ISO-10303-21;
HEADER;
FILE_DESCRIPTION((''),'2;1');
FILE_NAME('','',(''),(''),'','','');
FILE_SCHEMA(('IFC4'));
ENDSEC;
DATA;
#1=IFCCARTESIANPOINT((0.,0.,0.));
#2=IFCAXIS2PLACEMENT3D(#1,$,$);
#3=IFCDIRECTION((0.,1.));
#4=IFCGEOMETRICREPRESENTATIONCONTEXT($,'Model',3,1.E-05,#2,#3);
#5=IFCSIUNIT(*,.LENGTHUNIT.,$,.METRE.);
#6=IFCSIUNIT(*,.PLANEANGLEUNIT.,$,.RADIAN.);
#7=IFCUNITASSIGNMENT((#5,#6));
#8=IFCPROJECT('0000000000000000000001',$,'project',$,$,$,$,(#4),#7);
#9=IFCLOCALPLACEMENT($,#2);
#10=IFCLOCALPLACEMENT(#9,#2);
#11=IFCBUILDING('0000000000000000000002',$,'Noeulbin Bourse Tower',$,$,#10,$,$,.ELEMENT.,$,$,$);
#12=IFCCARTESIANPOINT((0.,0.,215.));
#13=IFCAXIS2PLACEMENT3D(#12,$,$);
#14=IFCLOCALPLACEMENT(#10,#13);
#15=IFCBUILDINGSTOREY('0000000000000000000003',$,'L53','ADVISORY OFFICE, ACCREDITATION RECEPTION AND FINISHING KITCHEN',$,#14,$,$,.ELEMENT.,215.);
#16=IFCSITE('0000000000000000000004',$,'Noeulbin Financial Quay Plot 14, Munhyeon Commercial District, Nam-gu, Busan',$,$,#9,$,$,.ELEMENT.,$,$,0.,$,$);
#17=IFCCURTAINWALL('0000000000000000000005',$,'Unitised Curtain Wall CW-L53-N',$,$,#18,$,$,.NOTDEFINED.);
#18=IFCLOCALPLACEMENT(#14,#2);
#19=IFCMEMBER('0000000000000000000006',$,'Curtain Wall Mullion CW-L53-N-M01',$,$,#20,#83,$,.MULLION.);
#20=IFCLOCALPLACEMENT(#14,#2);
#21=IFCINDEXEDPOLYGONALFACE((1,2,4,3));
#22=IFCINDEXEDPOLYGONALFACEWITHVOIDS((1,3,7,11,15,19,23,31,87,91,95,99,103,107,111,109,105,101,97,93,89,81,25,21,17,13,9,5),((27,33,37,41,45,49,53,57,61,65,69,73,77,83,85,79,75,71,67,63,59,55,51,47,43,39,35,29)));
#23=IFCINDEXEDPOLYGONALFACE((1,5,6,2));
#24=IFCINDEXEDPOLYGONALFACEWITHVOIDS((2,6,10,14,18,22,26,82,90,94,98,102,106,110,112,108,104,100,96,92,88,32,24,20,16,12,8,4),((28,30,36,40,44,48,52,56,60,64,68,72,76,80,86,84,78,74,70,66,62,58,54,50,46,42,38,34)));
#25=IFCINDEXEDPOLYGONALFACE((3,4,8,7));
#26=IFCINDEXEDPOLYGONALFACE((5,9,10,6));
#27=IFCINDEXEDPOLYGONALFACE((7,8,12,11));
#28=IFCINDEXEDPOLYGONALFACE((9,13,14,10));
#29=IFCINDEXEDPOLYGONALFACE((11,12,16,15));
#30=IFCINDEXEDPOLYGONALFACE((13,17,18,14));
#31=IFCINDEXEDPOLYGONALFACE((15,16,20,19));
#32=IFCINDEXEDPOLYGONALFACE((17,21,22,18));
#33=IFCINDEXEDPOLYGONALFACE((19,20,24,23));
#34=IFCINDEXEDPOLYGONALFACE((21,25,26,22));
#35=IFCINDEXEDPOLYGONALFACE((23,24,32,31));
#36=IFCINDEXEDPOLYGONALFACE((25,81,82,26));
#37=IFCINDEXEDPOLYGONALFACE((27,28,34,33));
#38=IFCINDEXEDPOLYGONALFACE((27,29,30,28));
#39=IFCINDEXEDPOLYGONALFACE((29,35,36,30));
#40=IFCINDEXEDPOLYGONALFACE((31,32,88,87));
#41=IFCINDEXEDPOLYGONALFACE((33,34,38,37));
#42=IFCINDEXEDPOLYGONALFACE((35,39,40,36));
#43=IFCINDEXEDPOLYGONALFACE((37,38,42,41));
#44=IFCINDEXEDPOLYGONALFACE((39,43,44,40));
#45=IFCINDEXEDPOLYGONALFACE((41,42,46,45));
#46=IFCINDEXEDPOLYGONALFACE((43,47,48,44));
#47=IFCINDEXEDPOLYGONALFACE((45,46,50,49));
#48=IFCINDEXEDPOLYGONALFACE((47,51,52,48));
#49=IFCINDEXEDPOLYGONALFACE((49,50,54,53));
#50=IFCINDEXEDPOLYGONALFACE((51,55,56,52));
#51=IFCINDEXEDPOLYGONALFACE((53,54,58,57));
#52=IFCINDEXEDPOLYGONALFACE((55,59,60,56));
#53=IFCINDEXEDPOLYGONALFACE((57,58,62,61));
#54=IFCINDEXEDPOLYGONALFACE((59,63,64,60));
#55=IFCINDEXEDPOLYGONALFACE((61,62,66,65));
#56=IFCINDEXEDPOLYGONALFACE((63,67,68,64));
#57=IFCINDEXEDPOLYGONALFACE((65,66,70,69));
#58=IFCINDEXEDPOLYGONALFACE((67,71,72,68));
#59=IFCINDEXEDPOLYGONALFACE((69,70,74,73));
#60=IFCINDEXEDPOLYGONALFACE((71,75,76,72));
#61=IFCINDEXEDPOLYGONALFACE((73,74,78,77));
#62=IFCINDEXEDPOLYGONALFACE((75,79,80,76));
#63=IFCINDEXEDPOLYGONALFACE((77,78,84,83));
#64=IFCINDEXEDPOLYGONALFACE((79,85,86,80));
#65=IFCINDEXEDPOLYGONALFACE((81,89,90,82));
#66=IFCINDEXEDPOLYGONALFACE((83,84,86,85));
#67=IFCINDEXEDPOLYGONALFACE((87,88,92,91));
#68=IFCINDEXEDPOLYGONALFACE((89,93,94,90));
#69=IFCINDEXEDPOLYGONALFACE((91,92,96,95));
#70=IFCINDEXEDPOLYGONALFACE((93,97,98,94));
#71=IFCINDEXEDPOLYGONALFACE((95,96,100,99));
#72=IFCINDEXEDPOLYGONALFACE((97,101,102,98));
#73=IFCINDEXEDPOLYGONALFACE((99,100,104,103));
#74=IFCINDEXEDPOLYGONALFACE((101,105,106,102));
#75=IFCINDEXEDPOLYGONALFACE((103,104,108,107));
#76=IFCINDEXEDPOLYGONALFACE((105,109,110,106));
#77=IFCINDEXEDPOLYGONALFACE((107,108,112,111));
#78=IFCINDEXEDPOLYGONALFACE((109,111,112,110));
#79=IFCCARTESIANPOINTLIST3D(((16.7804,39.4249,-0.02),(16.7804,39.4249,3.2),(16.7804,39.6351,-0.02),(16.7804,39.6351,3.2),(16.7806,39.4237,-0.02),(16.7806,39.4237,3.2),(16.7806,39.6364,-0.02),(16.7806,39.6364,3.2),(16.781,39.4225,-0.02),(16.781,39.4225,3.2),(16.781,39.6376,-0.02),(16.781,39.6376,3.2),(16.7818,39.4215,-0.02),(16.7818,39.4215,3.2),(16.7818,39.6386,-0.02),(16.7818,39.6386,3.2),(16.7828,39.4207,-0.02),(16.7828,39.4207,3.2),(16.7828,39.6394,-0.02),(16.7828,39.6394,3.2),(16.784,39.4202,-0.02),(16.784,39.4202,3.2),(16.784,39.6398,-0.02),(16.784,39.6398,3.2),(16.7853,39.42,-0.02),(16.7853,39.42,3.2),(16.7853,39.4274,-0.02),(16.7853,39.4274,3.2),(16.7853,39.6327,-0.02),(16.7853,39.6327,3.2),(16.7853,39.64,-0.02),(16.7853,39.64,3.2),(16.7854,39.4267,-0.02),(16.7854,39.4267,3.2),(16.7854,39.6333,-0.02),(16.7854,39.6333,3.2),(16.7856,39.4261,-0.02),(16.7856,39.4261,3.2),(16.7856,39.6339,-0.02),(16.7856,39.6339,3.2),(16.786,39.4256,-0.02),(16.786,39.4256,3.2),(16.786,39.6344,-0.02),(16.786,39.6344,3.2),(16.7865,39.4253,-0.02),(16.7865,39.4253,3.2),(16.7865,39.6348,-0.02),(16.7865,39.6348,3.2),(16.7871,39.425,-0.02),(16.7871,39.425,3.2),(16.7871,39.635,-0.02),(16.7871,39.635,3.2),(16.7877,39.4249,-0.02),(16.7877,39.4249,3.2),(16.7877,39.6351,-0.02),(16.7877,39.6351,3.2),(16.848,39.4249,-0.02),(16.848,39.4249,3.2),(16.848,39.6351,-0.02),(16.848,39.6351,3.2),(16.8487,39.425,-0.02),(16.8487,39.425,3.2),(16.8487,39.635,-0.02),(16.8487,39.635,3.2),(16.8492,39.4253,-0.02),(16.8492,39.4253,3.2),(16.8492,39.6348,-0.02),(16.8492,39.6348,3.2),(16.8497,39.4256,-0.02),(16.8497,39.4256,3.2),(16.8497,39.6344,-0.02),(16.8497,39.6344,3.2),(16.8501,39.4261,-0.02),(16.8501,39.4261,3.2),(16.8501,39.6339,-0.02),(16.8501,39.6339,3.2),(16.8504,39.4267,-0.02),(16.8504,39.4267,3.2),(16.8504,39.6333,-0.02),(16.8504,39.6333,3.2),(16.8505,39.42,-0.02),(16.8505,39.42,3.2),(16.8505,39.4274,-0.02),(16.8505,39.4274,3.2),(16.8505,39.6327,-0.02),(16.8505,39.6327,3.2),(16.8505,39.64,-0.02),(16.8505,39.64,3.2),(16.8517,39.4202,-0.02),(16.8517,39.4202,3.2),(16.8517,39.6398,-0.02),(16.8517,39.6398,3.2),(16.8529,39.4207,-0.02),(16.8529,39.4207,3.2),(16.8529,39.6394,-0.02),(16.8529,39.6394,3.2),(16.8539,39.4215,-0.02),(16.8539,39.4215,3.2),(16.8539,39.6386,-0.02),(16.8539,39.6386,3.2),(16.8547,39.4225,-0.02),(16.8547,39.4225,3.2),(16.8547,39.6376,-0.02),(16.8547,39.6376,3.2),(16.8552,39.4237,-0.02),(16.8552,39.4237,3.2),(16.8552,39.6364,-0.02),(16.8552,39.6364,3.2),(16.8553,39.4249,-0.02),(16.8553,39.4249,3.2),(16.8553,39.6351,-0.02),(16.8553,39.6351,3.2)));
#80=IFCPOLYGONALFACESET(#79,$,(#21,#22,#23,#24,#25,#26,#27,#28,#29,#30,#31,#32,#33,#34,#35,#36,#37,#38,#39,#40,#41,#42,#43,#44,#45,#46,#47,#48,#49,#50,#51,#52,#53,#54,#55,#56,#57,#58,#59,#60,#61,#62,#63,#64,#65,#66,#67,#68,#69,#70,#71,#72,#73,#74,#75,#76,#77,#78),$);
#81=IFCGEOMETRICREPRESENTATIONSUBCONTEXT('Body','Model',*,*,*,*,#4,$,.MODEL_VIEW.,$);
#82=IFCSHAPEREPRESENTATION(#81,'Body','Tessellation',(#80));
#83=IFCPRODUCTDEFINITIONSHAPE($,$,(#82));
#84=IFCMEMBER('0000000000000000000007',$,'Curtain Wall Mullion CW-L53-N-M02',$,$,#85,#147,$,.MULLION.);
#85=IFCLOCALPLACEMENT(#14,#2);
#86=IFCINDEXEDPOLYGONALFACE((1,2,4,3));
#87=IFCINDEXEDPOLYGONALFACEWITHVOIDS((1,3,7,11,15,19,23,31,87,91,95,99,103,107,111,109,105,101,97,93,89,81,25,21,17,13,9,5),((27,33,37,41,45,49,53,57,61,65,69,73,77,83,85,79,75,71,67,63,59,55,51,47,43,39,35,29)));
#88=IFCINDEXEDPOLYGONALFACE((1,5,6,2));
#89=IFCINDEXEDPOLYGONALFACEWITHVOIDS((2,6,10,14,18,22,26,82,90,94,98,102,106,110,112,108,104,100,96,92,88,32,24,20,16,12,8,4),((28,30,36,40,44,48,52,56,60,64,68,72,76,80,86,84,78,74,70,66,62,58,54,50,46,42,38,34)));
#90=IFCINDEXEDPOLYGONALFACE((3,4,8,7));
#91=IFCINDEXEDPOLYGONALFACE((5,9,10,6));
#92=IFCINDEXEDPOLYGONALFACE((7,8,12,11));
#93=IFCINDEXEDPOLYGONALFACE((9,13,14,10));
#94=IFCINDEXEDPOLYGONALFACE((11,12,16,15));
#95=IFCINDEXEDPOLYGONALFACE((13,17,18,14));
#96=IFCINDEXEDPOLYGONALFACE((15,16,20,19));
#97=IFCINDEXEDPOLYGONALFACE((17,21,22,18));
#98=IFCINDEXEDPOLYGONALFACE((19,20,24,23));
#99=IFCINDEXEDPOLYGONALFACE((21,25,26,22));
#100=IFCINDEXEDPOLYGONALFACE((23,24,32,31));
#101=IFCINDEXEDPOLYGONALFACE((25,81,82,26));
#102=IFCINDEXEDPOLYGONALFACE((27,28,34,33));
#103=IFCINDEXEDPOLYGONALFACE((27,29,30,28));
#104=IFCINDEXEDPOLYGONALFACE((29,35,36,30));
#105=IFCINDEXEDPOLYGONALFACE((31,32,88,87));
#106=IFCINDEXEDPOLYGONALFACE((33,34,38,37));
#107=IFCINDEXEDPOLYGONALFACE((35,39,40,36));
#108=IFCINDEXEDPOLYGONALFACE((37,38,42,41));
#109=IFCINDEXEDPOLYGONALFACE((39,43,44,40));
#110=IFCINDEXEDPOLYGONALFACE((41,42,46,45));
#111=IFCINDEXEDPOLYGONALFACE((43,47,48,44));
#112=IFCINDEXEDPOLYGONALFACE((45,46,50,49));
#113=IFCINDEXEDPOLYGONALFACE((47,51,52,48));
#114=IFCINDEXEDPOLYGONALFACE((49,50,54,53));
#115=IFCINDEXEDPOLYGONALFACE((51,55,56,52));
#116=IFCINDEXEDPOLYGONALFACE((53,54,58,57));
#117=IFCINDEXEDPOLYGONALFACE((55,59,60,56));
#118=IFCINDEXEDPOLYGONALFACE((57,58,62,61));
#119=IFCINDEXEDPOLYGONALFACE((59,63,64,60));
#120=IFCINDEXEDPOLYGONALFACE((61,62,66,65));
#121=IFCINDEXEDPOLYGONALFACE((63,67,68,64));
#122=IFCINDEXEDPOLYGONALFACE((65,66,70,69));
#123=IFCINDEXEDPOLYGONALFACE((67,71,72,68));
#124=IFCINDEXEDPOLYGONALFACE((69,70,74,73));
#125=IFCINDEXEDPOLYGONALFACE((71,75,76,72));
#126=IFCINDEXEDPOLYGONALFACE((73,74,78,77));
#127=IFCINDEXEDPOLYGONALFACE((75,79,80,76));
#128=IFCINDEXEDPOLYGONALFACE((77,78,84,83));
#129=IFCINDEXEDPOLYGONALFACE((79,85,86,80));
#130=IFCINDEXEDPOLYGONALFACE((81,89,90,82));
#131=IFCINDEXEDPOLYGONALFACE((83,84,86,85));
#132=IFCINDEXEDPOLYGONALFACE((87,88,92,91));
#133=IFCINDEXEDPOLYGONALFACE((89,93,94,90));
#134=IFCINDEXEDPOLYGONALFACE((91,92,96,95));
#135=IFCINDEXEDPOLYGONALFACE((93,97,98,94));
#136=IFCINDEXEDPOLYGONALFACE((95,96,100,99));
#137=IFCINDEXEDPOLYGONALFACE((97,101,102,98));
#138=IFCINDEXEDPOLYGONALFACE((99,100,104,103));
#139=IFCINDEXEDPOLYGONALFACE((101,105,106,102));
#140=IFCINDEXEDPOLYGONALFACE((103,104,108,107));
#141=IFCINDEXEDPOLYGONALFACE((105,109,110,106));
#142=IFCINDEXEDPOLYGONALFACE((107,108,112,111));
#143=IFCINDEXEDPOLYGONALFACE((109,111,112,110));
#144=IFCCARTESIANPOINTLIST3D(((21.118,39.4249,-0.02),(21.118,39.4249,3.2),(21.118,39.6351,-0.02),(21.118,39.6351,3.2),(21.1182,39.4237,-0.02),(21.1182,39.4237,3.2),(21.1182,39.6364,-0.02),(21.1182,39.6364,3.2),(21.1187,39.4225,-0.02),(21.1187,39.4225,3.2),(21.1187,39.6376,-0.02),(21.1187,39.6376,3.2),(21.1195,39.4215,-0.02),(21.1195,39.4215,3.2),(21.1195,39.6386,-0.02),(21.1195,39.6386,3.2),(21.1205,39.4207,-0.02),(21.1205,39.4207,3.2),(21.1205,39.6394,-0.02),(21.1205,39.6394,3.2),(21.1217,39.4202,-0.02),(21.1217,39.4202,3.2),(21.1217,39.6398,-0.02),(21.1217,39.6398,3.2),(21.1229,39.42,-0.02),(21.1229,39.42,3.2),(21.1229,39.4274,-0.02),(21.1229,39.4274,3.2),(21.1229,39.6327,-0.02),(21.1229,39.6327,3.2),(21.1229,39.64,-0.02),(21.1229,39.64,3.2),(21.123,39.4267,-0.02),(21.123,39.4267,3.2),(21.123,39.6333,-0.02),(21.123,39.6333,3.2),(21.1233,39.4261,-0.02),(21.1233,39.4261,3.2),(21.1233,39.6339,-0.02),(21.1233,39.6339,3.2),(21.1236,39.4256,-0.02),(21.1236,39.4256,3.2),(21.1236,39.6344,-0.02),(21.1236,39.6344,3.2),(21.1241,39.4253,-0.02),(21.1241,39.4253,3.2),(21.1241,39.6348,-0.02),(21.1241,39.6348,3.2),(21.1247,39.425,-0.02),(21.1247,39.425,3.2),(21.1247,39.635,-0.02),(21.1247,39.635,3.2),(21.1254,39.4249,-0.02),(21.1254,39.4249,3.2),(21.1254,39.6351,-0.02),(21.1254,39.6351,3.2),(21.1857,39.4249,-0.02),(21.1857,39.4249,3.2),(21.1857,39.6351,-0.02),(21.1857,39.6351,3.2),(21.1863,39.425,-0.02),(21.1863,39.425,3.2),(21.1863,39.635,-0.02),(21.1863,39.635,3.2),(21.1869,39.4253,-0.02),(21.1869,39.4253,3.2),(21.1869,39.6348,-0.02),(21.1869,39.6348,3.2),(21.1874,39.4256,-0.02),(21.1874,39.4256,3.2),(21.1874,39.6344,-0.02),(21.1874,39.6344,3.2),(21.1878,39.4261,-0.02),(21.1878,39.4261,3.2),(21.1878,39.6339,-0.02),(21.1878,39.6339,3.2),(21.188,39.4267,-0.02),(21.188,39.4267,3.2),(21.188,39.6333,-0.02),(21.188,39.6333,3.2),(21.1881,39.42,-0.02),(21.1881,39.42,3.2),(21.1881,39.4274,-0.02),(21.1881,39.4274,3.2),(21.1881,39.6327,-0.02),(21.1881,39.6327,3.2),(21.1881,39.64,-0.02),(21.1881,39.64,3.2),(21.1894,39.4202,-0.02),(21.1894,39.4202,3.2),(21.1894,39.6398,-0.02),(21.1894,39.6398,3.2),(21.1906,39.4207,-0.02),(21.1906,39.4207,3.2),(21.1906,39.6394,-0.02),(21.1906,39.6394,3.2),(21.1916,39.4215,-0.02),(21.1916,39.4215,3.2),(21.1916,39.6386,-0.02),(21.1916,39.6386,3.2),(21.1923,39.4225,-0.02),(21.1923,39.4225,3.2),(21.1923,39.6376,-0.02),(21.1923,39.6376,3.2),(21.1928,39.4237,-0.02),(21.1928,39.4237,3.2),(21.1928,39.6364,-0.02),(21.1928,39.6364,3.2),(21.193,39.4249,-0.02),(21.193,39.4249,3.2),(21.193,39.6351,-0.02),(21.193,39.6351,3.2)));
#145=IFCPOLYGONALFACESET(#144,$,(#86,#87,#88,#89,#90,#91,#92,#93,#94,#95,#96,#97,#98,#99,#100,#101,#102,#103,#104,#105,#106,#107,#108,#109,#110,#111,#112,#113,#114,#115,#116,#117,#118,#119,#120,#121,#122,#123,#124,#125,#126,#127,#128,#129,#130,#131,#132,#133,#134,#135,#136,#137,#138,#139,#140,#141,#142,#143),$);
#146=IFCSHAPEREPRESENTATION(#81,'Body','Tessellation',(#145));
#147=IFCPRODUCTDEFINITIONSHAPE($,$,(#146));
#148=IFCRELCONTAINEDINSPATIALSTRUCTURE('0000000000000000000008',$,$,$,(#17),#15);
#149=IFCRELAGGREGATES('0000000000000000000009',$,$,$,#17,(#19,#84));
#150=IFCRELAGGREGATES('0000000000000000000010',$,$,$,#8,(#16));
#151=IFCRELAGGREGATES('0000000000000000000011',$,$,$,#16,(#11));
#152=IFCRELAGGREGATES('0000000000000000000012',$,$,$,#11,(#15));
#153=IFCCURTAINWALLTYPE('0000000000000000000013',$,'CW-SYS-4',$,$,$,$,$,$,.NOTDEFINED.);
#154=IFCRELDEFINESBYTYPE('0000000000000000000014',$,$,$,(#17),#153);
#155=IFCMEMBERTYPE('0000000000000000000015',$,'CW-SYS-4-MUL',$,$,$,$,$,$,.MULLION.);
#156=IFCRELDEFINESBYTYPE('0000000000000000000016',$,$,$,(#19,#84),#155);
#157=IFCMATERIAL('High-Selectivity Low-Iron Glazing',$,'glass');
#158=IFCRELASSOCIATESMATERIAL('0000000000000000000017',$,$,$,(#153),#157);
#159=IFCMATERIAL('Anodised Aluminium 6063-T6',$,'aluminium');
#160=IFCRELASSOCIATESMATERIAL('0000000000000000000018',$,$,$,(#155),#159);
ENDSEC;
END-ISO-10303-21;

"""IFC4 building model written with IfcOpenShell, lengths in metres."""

from ifc_helpers import new_model, si_unit, direction, frame, origin, origin_2d, place, context, subcontext, project, spatial, hollow_rectangle, extrude, material, material_profile, profile_set, type_object, element, aggregate, save


model = new_model("IFC4")

# Units and contexts
model_context = context("Model", 3, precision=1e-05, world=origin(), true_north=direction((0.0, 1.0)))
body_context = subcontext(model_context, "Body", "Model", "MODEL_VIEW")
ifc_project = project(units=[si_unit("LENGTHUNIT", "METRE"), si_unit("PLANEANGLEUNIT", "RADIAN")], contexts=[model_context])

# Site, building, storey
site_placement = place(None, origin())
site = spatial("IfcSite", under=ifc_project, at=site_placement, Name="Noeulbin Financial Quay Plot 14, Munhyeon Commercial District, Nam-gu, Busan", CompositionType="ELEMENT", RefElevation=0.0)
building_placement = place(site_placement, origin())
building = spatial("IfcBuilding", under=site, at=building_placement, Name="Noeulbin Bourse Tower", CompositionType="ELEMENT")
storey_placement = place(building_placement, frame((0.0, 0.0, 215.0)))
storey = spatial("IfcBuildingStorey", under=building, at=storey_placement, Name="L53", Description="ADVISORY OFFICE, ACCREDITATION RECEPTION AND FINISHING KITCHEN", CompositionType="ELEMENT", Elevation=215.0)

# Curtain wall, members
ifc_material_1 = material(Name="High-Selectivity Low-Iron Glazing", Category="glass")
curtain_wall_type = type_object("IfcCurtainWallType", Name="CW-SYS-4", PredefinedType="NOTDEFINED", material=ifc_material_1)
curtain_wall_placement = place(storey_placement, origin())
curtain_wall = element("IfcCurtainWall", 1, at=curtain_wall_placement, inside=storey, type_object=curtain_wall_type, Name="Unitised Curtain Wall CW-L53-N", PredefinedType="NOTDEFINED")
ifc_material_2 = material(Name="Anodised Aluminium 6063-T6", Category="aluminium")
ifc_material_profile_1 = material_profile(ifc_material_2, hollow_rectangle(XDim=0.075, YDim=0.22, WallThickness=0.0049, InnerFilletRadius=0.0024, OuterFilletRadius=0.0049, at=origin_2d()), Name="ALU-MULL-75x220x5", Category="LoadBearing")
ifc_profile_set_1 = profile_set([ifc_material_profile_1], Name="Anodised Aluminium 6063-T6")
member_type = type_object("IfcMemberType", Name="CW-SYS-4-MUL", PredefinedType="MULLION", material=ifc_profile_set_1)
member_1_placement = place(storey_placement, frame((16.8179, 39.53, -0.02), z_axis=(0.0, 0.0, 1.0), x_axis=(1.0, 0.0, 0.0)))
member_1 = element("IfcMember", 2, at=member_1_placement, type_object=member_type, Name="Curtain Wall Mullion CW-L53-N-M01", PredefinedType="MULLION", context=body_context, shape_type="SweptSolid", body=[
    extrude(hollow_rectangle(XDim=0.075, YDim=0.22, WallThickness=0.0049, InnerFilletRadius=0.0024, OuterFilletRadius=0.0049, at=origin_2d()), origin(), (0.0, 0.0, 1.0), 3.22),
])
member_2_placement = place(storey_placement, frame((21.1555, 39.53, -0.02), z_axis=(0.0, 0.0, 1.0), x_axis=(1.0, 0.0, 0.0)))
member_2 = element("IfcMember", 3, at=member_2_placement, type_object=member_type, Name="Curtain Wall Mullion CW-L53-N-M02", PredefinedType="MULLION", context=body_context, shape_type="SweptSolid", body=[
    extrude(hollow_rectangle(XDim=0.075, YDim=0.22, WallThickness=0.0049, InnerFilletRadius=0.0024, OuterFilletRadius=0.0049, at=origin_2d()), origin(), (0.0, 0.0, 1.0), 3.22),
])
aggregate(curtain_wall, [member_1, member_2])

save(model, "model.ifc")
